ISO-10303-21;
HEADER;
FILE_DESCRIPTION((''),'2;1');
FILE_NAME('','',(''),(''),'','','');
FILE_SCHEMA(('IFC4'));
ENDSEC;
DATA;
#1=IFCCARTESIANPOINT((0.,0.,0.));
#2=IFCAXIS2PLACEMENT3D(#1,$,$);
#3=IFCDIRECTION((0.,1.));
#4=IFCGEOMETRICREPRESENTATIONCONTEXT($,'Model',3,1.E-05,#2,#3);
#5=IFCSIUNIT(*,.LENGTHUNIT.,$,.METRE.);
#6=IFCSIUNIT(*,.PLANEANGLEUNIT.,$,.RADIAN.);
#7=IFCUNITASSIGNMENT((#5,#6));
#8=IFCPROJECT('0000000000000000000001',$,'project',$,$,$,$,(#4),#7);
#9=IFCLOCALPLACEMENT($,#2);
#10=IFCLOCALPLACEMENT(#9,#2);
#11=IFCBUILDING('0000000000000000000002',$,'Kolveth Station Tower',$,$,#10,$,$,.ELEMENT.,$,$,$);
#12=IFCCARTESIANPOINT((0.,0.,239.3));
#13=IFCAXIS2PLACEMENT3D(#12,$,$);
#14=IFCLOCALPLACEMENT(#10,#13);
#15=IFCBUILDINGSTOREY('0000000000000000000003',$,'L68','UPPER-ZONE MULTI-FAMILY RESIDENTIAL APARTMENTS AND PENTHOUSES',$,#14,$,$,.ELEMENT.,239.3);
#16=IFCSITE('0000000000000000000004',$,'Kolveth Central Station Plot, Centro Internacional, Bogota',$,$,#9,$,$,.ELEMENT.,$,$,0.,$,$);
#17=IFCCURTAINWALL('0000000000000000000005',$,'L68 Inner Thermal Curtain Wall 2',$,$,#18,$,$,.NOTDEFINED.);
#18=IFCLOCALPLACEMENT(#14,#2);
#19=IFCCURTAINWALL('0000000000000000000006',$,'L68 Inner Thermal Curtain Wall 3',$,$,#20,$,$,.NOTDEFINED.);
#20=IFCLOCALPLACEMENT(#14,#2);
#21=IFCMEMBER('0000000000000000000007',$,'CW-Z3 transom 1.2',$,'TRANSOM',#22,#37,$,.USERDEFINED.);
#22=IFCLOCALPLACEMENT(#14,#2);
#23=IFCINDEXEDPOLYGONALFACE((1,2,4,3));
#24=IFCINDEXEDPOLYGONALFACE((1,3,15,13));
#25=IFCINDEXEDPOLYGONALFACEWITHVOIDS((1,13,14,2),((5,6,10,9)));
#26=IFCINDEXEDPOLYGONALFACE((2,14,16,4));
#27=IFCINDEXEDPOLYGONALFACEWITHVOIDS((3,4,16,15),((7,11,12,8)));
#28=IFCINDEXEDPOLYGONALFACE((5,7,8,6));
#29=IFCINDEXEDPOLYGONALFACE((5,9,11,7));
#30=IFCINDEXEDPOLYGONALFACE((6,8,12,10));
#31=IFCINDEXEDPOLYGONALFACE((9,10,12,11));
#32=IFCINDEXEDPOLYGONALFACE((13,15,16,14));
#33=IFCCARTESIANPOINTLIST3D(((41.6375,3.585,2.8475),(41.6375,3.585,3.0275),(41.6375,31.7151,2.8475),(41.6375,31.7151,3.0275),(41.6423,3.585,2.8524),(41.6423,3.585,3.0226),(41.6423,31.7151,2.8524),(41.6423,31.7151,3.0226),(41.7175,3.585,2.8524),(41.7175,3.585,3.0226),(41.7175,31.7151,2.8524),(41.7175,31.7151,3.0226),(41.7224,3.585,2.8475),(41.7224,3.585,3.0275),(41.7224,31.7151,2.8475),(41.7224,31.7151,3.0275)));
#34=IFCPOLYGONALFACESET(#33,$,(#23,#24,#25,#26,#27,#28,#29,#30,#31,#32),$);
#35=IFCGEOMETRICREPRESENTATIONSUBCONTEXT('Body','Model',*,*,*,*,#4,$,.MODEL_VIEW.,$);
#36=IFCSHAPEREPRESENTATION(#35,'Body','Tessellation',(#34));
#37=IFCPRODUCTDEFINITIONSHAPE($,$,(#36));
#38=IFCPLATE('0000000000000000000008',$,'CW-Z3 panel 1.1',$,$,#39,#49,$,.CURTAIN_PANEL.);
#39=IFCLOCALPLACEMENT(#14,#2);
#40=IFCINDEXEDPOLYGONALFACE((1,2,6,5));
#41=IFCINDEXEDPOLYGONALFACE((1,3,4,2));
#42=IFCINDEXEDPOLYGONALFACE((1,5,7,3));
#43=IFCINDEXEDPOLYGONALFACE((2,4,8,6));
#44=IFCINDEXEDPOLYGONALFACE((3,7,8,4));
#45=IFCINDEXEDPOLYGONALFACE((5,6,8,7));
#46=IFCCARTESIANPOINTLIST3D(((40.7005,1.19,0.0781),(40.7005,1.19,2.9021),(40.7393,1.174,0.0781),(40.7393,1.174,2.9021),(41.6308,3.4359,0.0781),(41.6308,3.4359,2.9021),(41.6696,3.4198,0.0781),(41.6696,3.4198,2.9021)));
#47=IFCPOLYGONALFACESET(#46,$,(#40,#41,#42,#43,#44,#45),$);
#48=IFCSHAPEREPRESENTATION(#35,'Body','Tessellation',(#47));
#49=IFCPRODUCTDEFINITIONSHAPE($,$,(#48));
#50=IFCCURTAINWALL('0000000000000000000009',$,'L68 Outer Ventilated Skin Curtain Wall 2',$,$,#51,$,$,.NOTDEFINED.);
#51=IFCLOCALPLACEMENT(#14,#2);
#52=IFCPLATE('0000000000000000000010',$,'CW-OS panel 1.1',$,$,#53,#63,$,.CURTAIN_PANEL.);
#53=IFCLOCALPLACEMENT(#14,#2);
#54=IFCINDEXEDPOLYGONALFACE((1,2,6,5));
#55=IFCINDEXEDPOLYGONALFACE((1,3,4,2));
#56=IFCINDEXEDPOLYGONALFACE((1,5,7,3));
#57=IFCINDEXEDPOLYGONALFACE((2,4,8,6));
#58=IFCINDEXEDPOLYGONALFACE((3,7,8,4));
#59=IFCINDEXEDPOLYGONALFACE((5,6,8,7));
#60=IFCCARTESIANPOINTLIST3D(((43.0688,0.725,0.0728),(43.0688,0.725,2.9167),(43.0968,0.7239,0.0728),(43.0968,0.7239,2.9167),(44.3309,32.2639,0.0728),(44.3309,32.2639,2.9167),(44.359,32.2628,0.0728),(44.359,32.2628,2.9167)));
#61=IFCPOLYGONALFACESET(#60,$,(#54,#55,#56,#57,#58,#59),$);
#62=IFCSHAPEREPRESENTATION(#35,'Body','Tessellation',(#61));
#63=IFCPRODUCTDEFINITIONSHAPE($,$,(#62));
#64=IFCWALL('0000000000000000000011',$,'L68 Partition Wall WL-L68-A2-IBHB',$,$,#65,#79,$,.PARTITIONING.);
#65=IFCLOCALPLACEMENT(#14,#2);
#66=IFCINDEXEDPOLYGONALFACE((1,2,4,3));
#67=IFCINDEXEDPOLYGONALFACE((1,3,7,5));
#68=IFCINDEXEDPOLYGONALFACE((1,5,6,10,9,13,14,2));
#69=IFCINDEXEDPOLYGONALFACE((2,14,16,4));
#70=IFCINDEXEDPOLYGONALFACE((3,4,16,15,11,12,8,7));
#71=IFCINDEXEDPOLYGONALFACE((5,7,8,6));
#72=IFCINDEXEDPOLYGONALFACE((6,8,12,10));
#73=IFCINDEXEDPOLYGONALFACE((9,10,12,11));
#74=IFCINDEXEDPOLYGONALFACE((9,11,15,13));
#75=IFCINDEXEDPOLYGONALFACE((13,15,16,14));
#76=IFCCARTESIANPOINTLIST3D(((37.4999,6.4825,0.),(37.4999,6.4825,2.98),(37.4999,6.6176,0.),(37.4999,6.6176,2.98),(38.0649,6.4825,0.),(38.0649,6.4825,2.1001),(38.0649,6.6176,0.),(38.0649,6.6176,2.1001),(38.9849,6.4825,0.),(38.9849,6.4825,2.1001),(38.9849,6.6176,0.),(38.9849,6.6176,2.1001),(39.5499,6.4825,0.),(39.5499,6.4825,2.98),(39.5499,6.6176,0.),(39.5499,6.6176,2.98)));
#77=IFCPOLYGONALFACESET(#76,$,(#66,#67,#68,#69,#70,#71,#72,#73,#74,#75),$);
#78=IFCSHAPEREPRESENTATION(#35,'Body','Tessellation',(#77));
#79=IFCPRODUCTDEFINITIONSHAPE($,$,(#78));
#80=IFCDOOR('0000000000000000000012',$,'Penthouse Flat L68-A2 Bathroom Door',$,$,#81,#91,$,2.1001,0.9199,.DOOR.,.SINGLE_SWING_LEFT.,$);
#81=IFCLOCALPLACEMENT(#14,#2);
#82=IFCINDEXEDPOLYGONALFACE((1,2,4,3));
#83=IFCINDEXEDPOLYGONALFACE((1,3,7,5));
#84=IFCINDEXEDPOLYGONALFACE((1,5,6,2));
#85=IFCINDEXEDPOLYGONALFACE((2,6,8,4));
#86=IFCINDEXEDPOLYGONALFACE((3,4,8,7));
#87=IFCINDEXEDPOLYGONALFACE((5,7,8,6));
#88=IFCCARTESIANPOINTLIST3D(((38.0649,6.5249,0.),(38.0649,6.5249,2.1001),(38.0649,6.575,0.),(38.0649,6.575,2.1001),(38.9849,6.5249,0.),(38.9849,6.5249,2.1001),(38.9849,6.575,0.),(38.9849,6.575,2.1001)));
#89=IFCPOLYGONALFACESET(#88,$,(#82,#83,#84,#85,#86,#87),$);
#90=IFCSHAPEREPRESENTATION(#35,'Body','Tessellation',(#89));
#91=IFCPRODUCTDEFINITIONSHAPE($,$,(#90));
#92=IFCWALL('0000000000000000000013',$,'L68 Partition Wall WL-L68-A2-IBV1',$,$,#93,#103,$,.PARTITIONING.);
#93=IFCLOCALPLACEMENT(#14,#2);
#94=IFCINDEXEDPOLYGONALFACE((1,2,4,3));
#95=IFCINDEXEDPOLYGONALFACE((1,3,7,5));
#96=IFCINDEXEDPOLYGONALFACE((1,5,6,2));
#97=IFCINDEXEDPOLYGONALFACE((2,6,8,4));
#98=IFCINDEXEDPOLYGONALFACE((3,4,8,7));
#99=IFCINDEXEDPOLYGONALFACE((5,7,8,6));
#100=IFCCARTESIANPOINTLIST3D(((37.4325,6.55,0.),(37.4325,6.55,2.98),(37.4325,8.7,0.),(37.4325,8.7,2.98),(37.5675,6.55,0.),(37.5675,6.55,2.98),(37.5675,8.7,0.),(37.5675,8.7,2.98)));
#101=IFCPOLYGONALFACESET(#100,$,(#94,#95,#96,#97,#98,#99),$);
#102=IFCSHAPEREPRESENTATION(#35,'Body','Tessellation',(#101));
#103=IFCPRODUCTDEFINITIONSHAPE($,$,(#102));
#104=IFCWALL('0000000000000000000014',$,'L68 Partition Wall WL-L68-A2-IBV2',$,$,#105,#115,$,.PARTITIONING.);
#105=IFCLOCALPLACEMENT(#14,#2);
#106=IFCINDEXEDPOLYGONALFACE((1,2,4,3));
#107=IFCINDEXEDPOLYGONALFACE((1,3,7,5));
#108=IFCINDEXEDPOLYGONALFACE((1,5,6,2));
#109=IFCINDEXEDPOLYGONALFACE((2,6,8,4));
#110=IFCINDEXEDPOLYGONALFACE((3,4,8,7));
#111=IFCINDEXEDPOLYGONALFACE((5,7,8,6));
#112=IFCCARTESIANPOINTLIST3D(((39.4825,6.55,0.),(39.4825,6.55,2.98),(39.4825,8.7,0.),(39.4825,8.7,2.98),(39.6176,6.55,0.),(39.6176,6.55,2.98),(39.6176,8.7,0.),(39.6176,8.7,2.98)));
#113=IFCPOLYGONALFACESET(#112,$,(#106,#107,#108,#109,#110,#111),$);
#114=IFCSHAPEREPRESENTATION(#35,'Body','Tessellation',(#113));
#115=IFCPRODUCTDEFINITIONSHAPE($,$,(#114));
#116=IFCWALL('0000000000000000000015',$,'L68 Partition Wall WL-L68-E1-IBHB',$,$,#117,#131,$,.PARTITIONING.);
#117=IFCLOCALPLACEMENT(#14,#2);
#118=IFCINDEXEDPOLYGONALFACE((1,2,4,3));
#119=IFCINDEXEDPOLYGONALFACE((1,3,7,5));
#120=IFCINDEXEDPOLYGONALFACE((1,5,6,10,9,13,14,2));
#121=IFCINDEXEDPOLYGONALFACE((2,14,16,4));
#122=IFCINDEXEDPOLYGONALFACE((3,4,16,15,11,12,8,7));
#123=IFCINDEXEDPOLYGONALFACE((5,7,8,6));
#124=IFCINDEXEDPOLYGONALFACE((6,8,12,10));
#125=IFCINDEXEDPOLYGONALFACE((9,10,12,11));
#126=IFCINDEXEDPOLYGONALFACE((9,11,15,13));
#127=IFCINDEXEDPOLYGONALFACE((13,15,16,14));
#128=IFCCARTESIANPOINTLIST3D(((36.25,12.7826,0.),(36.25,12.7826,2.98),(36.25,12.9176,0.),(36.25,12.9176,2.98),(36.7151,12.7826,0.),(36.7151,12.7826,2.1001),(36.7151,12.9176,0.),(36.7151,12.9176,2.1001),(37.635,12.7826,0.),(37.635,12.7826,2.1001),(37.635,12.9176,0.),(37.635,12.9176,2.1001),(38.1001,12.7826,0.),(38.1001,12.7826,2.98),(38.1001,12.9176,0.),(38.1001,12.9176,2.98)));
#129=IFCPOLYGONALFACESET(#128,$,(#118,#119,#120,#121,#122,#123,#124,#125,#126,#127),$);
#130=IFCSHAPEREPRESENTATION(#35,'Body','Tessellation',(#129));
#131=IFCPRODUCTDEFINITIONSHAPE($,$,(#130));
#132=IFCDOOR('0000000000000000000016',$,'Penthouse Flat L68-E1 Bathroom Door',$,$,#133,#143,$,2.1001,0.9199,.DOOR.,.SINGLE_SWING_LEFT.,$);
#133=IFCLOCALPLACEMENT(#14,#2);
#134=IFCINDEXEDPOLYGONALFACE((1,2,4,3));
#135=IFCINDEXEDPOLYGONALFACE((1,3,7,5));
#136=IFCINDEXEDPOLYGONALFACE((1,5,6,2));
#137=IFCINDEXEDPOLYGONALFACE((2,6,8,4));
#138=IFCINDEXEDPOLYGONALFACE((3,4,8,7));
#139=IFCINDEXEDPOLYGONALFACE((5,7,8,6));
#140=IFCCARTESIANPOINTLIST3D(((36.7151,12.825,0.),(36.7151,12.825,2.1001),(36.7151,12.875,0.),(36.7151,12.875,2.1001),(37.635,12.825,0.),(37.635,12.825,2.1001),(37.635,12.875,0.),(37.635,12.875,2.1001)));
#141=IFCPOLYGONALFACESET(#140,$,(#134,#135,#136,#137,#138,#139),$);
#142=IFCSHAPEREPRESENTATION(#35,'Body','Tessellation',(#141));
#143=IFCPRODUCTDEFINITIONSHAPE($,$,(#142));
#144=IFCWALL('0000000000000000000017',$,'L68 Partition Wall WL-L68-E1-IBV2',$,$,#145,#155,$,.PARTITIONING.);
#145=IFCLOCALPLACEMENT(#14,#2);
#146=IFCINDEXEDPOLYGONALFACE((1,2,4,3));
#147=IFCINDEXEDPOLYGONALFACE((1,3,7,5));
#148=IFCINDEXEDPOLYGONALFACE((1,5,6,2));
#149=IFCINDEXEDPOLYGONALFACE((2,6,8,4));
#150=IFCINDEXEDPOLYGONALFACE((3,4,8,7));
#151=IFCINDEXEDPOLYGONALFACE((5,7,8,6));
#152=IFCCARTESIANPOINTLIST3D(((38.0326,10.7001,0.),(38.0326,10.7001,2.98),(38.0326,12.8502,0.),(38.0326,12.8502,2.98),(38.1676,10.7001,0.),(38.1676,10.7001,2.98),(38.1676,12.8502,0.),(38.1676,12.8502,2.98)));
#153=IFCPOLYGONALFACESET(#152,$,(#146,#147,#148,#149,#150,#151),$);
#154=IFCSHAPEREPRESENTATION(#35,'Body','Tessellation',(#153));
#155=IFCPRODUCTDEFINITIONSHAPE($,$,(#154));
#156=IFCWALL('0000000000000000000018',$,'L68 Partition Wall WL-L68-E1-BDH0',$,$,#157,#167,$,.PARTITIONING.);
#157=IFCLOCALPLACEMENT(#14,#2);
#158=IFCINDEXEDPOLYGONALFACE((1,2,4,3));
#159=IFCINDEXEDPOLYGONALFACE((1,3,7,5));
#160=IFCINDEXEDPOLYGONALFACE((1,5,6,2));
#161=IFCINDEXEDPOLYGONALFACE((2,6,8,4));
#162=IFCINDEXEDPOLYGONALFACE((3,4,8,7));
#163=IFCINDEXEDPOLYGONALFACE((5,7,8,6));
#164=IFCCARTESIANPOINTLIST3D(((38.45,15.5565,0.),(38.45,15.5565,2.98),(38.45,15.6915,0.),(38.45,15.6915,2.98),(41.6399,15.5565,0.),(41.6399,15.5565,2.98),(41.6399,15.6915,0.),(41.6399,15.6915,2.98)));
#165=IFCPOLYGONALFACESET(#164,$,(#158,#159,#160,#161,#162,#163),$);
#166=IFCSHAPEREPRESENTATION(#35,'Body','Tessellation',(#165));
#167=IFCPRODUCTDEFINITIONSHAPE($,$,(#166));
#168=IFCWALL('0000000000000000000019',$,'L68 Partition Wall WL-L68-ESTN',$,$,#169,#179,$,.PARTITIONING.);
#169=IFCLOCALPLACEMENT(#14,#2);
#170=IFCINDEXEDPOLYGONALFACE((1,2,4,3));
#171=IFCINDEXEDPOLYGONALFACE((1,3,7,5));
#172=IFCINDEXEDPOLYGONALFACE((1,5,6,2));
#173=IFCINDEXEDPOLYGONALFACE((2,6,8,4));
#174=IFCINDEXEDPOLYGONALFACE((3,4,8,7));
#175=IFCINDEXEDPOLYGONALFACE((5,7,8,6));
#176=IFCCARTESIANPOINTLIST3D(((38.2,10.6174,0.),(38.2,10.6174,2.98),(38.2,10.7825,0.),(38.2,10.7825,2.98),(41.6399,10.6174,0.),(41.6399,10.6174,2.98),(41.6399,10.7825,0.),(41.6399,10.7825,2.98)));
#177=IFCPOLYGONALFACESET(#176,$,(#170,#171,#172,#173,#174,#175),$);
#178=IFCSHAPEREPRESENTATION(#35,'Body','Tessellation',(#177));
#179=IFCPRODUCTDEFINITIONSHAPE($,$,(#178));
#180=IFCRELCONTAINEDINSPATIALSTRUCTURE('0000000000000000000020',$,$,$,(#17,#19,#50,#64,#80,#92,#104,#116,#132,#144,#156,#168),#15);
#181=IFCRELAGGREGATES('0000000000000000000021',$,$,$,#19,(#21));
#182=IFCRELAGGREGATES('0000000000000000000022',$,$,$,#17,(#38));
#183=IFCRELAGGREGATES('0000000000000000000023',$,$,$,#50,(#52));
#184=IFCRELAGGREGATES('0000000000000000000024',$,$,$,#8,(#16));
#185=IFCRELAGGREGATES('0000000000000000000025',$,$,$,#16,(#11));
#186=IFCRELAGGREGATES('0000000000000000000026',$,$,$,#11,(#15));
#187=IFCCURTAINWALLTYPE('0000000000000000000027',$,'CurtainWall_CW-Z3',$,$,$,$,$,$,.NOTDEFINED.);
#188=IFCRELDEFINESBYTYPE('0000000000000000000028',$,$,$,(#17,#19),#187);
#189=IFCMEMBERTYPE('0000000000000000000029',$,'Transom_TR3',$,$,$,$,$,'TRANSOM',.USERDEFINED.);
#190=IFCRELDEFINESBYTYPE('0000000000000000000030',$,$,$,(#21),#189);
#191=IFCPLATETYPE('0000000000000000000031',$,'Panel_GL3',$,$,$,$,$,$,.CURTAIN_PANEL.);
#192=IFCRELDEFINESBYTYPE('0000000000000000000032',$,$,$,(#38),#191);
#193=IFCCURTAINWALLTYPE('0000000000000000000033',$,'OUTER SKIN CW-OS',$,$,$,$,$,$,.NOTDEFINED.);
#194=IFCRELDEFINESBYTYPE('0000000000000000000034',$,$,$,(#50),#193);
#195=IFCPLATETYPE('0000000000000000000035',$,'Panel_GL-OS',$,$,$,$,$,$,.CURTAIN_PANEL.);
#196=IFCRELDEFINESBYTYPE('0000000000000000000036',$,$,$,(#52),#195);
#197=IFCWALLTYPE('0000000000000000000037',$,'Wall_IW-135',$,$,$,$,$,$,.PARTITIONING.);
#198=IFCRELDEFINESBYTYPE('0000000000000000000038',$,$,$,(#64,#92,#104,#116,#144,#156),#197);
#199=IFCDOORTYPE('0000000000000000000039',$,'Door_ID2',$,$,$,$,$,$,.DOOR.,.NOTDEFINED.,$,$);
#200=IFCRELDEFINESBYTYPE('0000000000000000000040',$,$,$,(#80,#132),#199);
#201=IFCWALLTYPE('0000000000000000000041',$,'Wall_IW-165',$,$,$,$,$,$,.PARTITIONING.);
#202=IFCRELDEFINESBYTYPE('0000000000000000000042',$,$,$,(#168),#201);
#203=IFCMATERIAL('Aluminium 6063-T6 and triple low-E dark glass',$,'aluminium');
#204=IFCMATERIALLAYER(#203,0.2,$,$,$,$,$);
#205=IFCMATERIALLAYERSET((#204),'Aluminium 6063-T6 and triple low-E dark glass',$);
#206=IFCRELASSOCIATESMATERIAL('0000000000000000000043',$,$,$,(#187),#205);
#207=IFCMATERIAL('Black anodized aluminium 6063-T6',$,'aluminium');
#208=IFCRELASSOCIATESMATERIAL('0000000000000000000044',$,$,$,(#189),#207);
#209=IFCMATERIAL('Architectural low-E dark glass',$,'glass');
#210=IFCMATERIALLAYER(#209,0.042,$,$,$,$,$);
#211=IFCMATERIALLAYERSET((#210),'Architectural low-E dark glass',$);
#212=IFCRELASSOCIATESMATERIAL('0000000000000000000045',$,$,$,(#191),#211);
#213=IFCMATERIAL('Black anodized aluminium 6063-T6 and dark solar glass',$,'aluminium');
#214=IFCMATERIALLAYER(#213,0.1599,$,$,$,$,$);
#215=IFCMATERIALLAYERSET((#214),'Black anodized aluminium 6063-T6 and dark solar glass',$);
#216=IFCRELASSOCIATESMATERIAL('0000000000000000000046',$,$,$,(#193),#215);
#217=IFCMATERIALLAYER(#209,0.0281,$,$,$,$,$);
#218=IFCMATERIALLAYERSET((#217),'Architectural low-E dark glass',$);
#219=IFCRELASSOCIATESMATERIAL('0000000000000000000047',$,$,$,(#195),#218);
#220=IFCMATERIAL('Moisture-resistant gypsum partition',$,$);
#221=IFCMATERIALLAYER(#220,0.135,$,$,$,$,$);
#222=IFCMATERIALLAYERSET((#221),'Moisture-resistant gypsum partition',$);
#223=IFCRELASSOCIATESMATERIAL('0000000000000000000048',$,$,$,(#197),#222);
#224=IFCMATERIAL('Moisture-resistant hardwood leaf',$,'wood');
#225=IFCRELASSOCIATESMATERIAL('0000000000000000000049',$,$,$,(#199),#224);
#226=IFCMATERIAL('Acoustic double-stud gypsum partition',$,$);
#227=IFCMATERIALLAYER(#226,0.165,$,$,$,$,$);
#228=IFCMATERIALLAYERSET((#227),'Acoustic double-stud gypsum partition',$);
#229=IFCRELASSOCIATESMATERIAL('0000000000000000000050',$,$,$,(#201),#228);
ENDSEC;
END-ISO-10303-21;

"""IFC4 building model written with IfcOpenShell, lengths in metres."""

from ifc_helpers import new_model, si_unit, direction, frame, frame_2d, origin, origin_2d, place, context, subcontext, project, spatial, rectangle, hollow_rectangle, extrude, source, transform, mapped, material, layer, layer_set, material_profile, profile_set, type_object, element, fill, aggregate, save


model = new_model("IFC4")

# Units and contexts
model_context = context("Model", 3, precision=1e-05, world=origin(), true_north=direction((0.0, 1.0)))
body_context = subcontext(model_context, "Body", "Model", "MODEL_VIEW")
ifc_project = project(units=[si_unit("LENGTHUNIT", "METRE"), si_unit("PLANEANGLEUNIT", "RADIAN")], contexts=[model_context])

# Site, building, storey
site_placement = place(None, origin())
site = spatial("IfcSite", under=ifc_project, at=site_placement, Name="Kolveth Central Station Plot, Centro Internacional, Bogota", CompositionType="ELEMENT", RefElevation=0.0)
building_placement = place(site_placement, origin())
building = spatial("IfcBuilding", under=site, at=building_placement, Name="Kolveth Station Tower", CompositionType="ELEMENT")
storey_placement = place(building_placement, frame((0.0, 0.0, 239.3)))
storey = spatial("IfcBuildingStorey", under=building, at=storey_placement, Name="L68", Description="UPPER-ZONE MULTI-FAMILY RESIDENTIAL APARTMENTS AND PENTHOUSES", CompositionType="ELEMENT", Elevation=239.3)

# Curtain walls
ifc_material_1 = material(Name="Aluminium 6063-T6 and triple low-E dark glass", Category="aluminium")
ifc_layer_1 = layer(ifc_material_1, 0.2)
ifc_layer_set_1 = layer_set([ifc_layer_1], Name="Aluminium 6063-T6 and triple low-E dark glass")
curtain_wall_type_1 = type_object("IfcCurtainWallType", Name="CurtainWall_CW-Z3", PredefinedType="NOTDEFINED", material=ifc_layer_set_1)
curtain_wall_1_placement = place(storey_placement, origin())
curtain_wall_1 = element("IfcCurtainWall", 1, at=curtain_wall_1_placement, inside=storey, type_object=curtain_wall_type_1, Name="L68 Inner Thermal Curtain Wall 2", PredefinedType="NOTDEFINED")
ifc_material_2 = material(Name="Black anodized aluminium 6063-T6", Category="aluminium")
curtain_wall_2_placement = place(storey_placement, origin())
curtain_wall_2 = element("IfcCurtainWall", 2, at=curtain_wall_2_placement, inside=storey, type_object=curtain_wall_type_1, Name="L68 Inner Thermal Curtain Wall 3", PredefinedType="NOTDEFINED")

# Member
ifc_material_profile_1 = material_profile(ifc_material_2, hollow_rectangle(XDim=0.085, YDim=0.1799, WallThickness=0.0049, at=origin_2d()), Name="ALU-85x180x5")
ifc_profile_set_1 = profile_set([ifc_material_profile_1], Name="Black anodized aluminium 6063-T6")
member_type_1 = type_object("IfcMemberType", Name="Transom_TR3", ElementType="TRANSOM", PredefinedType="USERDEFINED", material=ifc_profile_set_1)
shared_shape_1 = source(origin(), body_context, "Body", "SweptSolid", [
    extrude(hollow_rectangle(XDim=0.085, YDim=0.1799, WallThickness=0.0049, at=origin_2d()), origin(), (0.0, 0.0, 1.0), 28.1301),
])
member_1_placement = place(storey_placement, frame((41.6799, 3.585, 2.9375), z_axis=(0.0, 1.0, 0.0), x_axis=(-1.0, 0.0, 0.0)))
member_1 = element("IfcMember", 3, at=member_1_placement, type_object=member_type_1, Name="CW-Z3 transom 1.2", ObjectType="TRANSOM", PredefinedType="USERDEFINED", context=body_context, shape_type="MappedRepresentation", body=[
    mapped(shared_shape_1, transform((0.0, 0.0, 0.0), x_axis=(1.0, 0.0, 0.0), y_axis=(0.0, 1.0, 0.0), z_axis=(0.0, 0.0, 1.0), scale=1.0)),
])
aggregate(curtain_wall_2, [member_1])

# Plate
ifc_material_3 = material(Name="Architectural low-E dark glass", Category="glass")
ifc_layer_2 = layer(ifc_material_3, 0.042)
ifc_layer_set_2 = layer_set([ifc_layer_2], Name="Architectural low-E dark glass")
plate_type_1 = type_object("IfcPlateType", Name="Panel_GL3", PredefinedType="CURTAIN_PANEL", material=ifc_layer_set_2)
shared_shape_2 = source(origin(), body_context, "Body", "SweptSolid", [
    extrude(rectangle(XDim=2.4309, YDim=0.042, at=origin_2d()), origin(), (0.0, 0.0, 1.0), 2.824),
])
plate_1_placement = place(storey_placement, frame((41.1851, 2.3049, 0.0781), z_axis=(0.0, 0.0, 1.0), x_axis=(0.382693, 0.923875, 0.0)))
plate_1 = element("IfcPlate", 4, at=plate_1_placement, type_object=plate_type_1, Name="CW-Z3 panel 1.1", PredefinedType="CURTAIN_PANEL", context=body_context, shape_type="MappedRepresentation", body=[
    mapped(shared_shape_2, transform((0.0, 0.0, 0.0), x_axis=(1.0, 0.0, 0.0), y_axis=(0.0, 1.0, 0.0), z_axis=(0.0, 0.0, 1.0), scale=1.0)),
])
aggregate(curtain_wall_1, [plate_1])

# Curtain wall, plate
ifc_material_4 = material(Name="Black anodized aluminium 6063-T6 and dark solar glass", Category="aluminium")
ifc_layer_3 = layer(ifc_material_4, 0.1599)
ifc_layer_set_3 = layer_set([ifc_layer_3], Name="Black anodized aluminium 6063-T6 and dark solar glass")
curtain_wall_type_2 = type_object("IfcCurtainWallType", Name="OUTER SKIN CW-OS", PredefinedType="NOTDEFINED", material=ifc_layer_set_3)
curtain_wall_3_placement = place(storey_placement, origin())
curtain_wall_3 = element("IfcCurtainWall", 5, at=curtain_wall_3_placement, inside=storey, type_object=curtain_wall_type_2, Name="L68 Outer Ventilated Skin Curtain Wall 2", PredefinedType="NOTDEFINED")
ifc_layer_4 = layer(ifc_material_3, 0.0281)
ifc_layer_set_4 = layer_set([ifc_layer_4], Name="Architectural low-E dark glass")
plate_type_2 = type_object("IfcPlateType", Name="Panel_GL-OS", PredefinedType="CURTAIN_PANEL", material=ifc_layer_set_4)
shared_shape_3 = source(origin(), body_context, "Body", "SweptSolid", [
    extrude(rectangle(XDim=31.5642, YDim=0.0281, at=origin_2d()), origin(), (0.0, 0.0, 1.0), 2.844),
])
plate_2_placement = place(storey_placement, frame((43.7139, 16.4939, 0.0728), z_axis=(0.0, 0.0, 1.0), x_axis=(0.039987, 0.9992, 0.0)))
plate_2 = element("IfcPlate", 6, at=plate_2_placement, type_object=plate_type_2, Name="CW-OS panel 1.1", PredefinedType="CURTAIN_PANEL", context=body_context, shape_type="MappedRepresentation", body=[
    mapped(shared_shape_3, transform((0.0, 0.0, 0.0), x_axis=(1.0, 0.0, 0.0), y_axis=(0.0, 1.0, 0.0), z_axis=(0.0, 0.0, 1.0), scale=1.0)),
])
aggregate(curtain_wall_3, [plate_2])

# Wall, opening, door
ifc_material_5 = material(Name="Moisture-resistant gypsum partition")
ifc_layer_5 = layer(ifc_material_5, 0.135)
ifc_layer_set_5 = layer_set([ifc_layer_5], Name="Moisture-resistant gypsum partition")
wall_type_1 = type_object("IfcWallType", Name="Wall_IW-135", PredefinedType="PARTITIONING", material=ifc_layer_set_5)
wall_1_placement = place(storey_placement, frame((37.5, 6.55, 0.0), z_axis=(0.0, 0.0, 1.0), x_axis=(1.0, 0.0, 0.0)))
wall_1 = element("IfcWall", 7, at=wall_1_placement, inside=storey, type_object=wall_type_1, Name="L68 Partition Wall WL-L68-A2-IBHB", PredefinedType="PARTITIONING", context=body_context, shape_type="SweptSolid", body=[
    extrude(rectangle(XDim=2.05, YDim=0.135, at=frame_2d((1.0249, 0.0))), origin(), (0.0, 0.0, 1.0), 2.98),
])
opening_1_placement = place(wall_1_placement, frame((0.5649, 0.0, 0.0)))
opening_1 = element("IfcOpeningElement", 8, at=opening_1_placement, cuts=wall_1, PredefinedType="OPENING", context=body_context, shape_type="SweptSolid", body=[
    extrude(rectangle(XDim=0.9199, YDim=2.1001, at=frame_2d((0.46, 1.05))), frame((0.0, 0.0774, 0.0), z_axis=(0.0, -1.0, 0.0), x_axis=(1.0, 0.0, 0.0)), (0.0, 0.0, 1.0), 0.155),
])
ifc_material_6 = material(Name="Moisture-resistant hardwood leaf", Category="wood")
door_type_1 = type_object("IfcDoorType", Name="Door_ID2", OperationType="NOTDEFINED", PredefinedType="DOOR", material=ifc_material_6)
door_1_placement = place(opening_1_placement, origin())
door_1 = element("IfcDoor", 9, at=door_1_placement, inside=storey, type_object=door_type_1, Name="Penthouse Flat L68-A2 Bathroom Door", OperationType="SINGLE_SWING_LEFT", OverallHeight=2.1001, OverallWidth=0.9199, PredefinedType="DOOR", context=body_context, shape_type="SweptSolid", body=[
    extrude(rectangle(XDim=0.9199, YDim=2.1001, at=frame_2d((0.46, 1.05))), frame((0.0, 0.0249, 0.0), z_axis=(0.0, -1.0, 0.0), x_axis=(1.0, 0.0, 0.0)), (0.0, 0.0, 1.0), 0.05),
])
fill(opening_1, door_1)

# Walls
for number, where, z_axis, x_axis, name in (
    (10, (37.5, 6.55, 0.0), (0.0, 0.0, 1.0), (0.0, 1.0, 0.0), "L68 Partition Wall WL-L68-A2-IBV1"),
    (11, (39.55, 6.55, 0.0), (0.0, 0.0, 1.0), (0.0, 1.0, 0.0), "L68 Partition Wall WL-L68-A2-IBV2"),
):
    element("IfcWall", number, at=place(storey_placement, frame(where, z_axis=z_axis, x_axis=x_axis)), inside=storey, type_object=wall_type_1, Name=name, PredefinedType="PARTITIONING", context=body_context, shape_type="SweptSolid", body=[
        extrude(rectangle(XDim=2.1499, YDim=0.135, at=frame_2d((1.075, 0.0))), origin(), (0.0, 0.0, 1.0), 2.98),
    ])

# Wall, opening, door
wall_2_placement = place(storey_placement, frame((36.25, 12.8501, 0.0), z_axis=(0.0, 0.0, 1.0), x_axis=(1.0, 0.0, 0.0)))
wall_2 = element("IfcWall", 12, at=wall_2_placement, inside=storey, type_object=wall_type_1, Name="L68 Partition Wall WL-L68-E1-IBHB", PredefinedType="PARTITIONING", context=body_context, shape_type="SweptSolid", body=[
    extrude(rectangle(XDim=1.8501, YDim=0.135, at=frame_2d((0.925, 0.0))), origin(), (0.0, 0.0, 1.0), 2.98),
])
opening_2_placement = place(wall_2_placement, frame((0.4651, 0.0, 0.0)))
opening_2 = element("IfcOpeningElement", 13, at=opening_2_placement, cuts=wall_2, PredefinedType="OPENING", context=body_context, shape_type="SweptSolid", body=[
    extrude(rectangle(XDim=0.9199, YDim=2.1001, at=frame_2d((0.46, 1.05))), frame((0.0, 0.0774, 0.0), z_axis=(0.0, -1.0, 0.0), x_axis=(1.0, 0.0, 0.0)), (0.0, 0.0, 1.0), 0.155),
])
door_2_placement = place(opening_2_placement, origin())
door_2 = element("IfcDoor", 14, at=door_2_placement, inside=storey, type_object=door_type_1, Name="Penthouse Flat L68-E1 Bathroom Door", OperationType="SINGLE_SWING_LEFT", OverallHeight=2.1001, OverallWidth=0.9199, PredefinedType="DOOR", context=body_context, shape_type="SweptSolid", body=[
    extrude(rectangle(XDim=0.9199, YDim=2.1001, at=frame_2d((0.46, 1.05))), frame((0.0, 0.0249, 0.0), z_axis=(0.0, -1.0, 0.0), x_axis=(1.0, 0.0, 0.0)), (0.0, 0.0, 1.0), 0.05),
])
fill(opening_2, door_2)

# Walls
wall_3_placement = place(storey_placement, frame((38.1001, 10.7, 0.0), z_axis=(0.0, 0.0, 1.0), x_axis=(0.0, 1.0, 0.0)))
element("IfcWall", 15, at=wall_3_placement, inside=storey, type_object=wall_type_1, Name="L68 Partition Wall WL-L68-E1-IBV2", PredefinedType="PARTITIONING", context=body_context, shape_type="SweptSolid", body=[
    extrude(rectangle(XDim=2.1501, YDim=0.135, at=frame_2d((1.0752, 0.0))), origin(), (0.0, 0.0, 1.0), 2.98),
])
wall_4_placement = place(storey_placement, frame((38.45, 15.624, 0.0), z_axis=(0.0, 0.0, 1.0), x_axis=(1.0, 0.0, 0.0)))
element("IfcWall", 16, at=wall_4_placement, inside=storey, type_object=wall_type_1, Name="L68 Partition Wall WL-L68-E1-BDH0", PredefinedType="PARTITIONING", context=body_context, shape_type="SweptSolid", body=[
    extrude(rectangle(XDim=3.1899, YDim=0.135, at=frame_2d((1.595, 0.0))), origin(), (0.0, 0.0, 1.0), 2.98),
])

# Shared definitions
ifc_material_7 = material(Name="Acoustic double-stud gypsum partition")
ifc_layer_6 = layer(ifc_material_7, 0.165)
ifc_layer_set_6 = layer_set([ifc_layer_6], Name="Acoustic double-stud gypsum partition")
wall_type_2 = type_object("IfcWallType", Name="Wall_IW-165", PredefinedType="PARTITIONING", material=ifc_layer_set_6)

# Wall
wall_5_placement = place(storey_placement, frame((38.2, 10.7, 0.0), z_axis=(0.0, 0.0, 1.0), x_axis=(1.0, 0.0, 0.0)))
element("IfcWall", 17, at=wall_5_placement, inside=storey, type_object=wall_type_2, Name="L68 Partition Wall WL-L68-ESTN", PredefinedType="PARTITIONING", context=body_context, shape_type="SweptSolid", body=[
    extrude(rectangle(XDim=3.4399, YDim=0.165, at=frame_2d((1.72, 0.0))), origin(), (0.0, 0.0, 1.0), 2.98),
])

save(model, "model.ifc")
